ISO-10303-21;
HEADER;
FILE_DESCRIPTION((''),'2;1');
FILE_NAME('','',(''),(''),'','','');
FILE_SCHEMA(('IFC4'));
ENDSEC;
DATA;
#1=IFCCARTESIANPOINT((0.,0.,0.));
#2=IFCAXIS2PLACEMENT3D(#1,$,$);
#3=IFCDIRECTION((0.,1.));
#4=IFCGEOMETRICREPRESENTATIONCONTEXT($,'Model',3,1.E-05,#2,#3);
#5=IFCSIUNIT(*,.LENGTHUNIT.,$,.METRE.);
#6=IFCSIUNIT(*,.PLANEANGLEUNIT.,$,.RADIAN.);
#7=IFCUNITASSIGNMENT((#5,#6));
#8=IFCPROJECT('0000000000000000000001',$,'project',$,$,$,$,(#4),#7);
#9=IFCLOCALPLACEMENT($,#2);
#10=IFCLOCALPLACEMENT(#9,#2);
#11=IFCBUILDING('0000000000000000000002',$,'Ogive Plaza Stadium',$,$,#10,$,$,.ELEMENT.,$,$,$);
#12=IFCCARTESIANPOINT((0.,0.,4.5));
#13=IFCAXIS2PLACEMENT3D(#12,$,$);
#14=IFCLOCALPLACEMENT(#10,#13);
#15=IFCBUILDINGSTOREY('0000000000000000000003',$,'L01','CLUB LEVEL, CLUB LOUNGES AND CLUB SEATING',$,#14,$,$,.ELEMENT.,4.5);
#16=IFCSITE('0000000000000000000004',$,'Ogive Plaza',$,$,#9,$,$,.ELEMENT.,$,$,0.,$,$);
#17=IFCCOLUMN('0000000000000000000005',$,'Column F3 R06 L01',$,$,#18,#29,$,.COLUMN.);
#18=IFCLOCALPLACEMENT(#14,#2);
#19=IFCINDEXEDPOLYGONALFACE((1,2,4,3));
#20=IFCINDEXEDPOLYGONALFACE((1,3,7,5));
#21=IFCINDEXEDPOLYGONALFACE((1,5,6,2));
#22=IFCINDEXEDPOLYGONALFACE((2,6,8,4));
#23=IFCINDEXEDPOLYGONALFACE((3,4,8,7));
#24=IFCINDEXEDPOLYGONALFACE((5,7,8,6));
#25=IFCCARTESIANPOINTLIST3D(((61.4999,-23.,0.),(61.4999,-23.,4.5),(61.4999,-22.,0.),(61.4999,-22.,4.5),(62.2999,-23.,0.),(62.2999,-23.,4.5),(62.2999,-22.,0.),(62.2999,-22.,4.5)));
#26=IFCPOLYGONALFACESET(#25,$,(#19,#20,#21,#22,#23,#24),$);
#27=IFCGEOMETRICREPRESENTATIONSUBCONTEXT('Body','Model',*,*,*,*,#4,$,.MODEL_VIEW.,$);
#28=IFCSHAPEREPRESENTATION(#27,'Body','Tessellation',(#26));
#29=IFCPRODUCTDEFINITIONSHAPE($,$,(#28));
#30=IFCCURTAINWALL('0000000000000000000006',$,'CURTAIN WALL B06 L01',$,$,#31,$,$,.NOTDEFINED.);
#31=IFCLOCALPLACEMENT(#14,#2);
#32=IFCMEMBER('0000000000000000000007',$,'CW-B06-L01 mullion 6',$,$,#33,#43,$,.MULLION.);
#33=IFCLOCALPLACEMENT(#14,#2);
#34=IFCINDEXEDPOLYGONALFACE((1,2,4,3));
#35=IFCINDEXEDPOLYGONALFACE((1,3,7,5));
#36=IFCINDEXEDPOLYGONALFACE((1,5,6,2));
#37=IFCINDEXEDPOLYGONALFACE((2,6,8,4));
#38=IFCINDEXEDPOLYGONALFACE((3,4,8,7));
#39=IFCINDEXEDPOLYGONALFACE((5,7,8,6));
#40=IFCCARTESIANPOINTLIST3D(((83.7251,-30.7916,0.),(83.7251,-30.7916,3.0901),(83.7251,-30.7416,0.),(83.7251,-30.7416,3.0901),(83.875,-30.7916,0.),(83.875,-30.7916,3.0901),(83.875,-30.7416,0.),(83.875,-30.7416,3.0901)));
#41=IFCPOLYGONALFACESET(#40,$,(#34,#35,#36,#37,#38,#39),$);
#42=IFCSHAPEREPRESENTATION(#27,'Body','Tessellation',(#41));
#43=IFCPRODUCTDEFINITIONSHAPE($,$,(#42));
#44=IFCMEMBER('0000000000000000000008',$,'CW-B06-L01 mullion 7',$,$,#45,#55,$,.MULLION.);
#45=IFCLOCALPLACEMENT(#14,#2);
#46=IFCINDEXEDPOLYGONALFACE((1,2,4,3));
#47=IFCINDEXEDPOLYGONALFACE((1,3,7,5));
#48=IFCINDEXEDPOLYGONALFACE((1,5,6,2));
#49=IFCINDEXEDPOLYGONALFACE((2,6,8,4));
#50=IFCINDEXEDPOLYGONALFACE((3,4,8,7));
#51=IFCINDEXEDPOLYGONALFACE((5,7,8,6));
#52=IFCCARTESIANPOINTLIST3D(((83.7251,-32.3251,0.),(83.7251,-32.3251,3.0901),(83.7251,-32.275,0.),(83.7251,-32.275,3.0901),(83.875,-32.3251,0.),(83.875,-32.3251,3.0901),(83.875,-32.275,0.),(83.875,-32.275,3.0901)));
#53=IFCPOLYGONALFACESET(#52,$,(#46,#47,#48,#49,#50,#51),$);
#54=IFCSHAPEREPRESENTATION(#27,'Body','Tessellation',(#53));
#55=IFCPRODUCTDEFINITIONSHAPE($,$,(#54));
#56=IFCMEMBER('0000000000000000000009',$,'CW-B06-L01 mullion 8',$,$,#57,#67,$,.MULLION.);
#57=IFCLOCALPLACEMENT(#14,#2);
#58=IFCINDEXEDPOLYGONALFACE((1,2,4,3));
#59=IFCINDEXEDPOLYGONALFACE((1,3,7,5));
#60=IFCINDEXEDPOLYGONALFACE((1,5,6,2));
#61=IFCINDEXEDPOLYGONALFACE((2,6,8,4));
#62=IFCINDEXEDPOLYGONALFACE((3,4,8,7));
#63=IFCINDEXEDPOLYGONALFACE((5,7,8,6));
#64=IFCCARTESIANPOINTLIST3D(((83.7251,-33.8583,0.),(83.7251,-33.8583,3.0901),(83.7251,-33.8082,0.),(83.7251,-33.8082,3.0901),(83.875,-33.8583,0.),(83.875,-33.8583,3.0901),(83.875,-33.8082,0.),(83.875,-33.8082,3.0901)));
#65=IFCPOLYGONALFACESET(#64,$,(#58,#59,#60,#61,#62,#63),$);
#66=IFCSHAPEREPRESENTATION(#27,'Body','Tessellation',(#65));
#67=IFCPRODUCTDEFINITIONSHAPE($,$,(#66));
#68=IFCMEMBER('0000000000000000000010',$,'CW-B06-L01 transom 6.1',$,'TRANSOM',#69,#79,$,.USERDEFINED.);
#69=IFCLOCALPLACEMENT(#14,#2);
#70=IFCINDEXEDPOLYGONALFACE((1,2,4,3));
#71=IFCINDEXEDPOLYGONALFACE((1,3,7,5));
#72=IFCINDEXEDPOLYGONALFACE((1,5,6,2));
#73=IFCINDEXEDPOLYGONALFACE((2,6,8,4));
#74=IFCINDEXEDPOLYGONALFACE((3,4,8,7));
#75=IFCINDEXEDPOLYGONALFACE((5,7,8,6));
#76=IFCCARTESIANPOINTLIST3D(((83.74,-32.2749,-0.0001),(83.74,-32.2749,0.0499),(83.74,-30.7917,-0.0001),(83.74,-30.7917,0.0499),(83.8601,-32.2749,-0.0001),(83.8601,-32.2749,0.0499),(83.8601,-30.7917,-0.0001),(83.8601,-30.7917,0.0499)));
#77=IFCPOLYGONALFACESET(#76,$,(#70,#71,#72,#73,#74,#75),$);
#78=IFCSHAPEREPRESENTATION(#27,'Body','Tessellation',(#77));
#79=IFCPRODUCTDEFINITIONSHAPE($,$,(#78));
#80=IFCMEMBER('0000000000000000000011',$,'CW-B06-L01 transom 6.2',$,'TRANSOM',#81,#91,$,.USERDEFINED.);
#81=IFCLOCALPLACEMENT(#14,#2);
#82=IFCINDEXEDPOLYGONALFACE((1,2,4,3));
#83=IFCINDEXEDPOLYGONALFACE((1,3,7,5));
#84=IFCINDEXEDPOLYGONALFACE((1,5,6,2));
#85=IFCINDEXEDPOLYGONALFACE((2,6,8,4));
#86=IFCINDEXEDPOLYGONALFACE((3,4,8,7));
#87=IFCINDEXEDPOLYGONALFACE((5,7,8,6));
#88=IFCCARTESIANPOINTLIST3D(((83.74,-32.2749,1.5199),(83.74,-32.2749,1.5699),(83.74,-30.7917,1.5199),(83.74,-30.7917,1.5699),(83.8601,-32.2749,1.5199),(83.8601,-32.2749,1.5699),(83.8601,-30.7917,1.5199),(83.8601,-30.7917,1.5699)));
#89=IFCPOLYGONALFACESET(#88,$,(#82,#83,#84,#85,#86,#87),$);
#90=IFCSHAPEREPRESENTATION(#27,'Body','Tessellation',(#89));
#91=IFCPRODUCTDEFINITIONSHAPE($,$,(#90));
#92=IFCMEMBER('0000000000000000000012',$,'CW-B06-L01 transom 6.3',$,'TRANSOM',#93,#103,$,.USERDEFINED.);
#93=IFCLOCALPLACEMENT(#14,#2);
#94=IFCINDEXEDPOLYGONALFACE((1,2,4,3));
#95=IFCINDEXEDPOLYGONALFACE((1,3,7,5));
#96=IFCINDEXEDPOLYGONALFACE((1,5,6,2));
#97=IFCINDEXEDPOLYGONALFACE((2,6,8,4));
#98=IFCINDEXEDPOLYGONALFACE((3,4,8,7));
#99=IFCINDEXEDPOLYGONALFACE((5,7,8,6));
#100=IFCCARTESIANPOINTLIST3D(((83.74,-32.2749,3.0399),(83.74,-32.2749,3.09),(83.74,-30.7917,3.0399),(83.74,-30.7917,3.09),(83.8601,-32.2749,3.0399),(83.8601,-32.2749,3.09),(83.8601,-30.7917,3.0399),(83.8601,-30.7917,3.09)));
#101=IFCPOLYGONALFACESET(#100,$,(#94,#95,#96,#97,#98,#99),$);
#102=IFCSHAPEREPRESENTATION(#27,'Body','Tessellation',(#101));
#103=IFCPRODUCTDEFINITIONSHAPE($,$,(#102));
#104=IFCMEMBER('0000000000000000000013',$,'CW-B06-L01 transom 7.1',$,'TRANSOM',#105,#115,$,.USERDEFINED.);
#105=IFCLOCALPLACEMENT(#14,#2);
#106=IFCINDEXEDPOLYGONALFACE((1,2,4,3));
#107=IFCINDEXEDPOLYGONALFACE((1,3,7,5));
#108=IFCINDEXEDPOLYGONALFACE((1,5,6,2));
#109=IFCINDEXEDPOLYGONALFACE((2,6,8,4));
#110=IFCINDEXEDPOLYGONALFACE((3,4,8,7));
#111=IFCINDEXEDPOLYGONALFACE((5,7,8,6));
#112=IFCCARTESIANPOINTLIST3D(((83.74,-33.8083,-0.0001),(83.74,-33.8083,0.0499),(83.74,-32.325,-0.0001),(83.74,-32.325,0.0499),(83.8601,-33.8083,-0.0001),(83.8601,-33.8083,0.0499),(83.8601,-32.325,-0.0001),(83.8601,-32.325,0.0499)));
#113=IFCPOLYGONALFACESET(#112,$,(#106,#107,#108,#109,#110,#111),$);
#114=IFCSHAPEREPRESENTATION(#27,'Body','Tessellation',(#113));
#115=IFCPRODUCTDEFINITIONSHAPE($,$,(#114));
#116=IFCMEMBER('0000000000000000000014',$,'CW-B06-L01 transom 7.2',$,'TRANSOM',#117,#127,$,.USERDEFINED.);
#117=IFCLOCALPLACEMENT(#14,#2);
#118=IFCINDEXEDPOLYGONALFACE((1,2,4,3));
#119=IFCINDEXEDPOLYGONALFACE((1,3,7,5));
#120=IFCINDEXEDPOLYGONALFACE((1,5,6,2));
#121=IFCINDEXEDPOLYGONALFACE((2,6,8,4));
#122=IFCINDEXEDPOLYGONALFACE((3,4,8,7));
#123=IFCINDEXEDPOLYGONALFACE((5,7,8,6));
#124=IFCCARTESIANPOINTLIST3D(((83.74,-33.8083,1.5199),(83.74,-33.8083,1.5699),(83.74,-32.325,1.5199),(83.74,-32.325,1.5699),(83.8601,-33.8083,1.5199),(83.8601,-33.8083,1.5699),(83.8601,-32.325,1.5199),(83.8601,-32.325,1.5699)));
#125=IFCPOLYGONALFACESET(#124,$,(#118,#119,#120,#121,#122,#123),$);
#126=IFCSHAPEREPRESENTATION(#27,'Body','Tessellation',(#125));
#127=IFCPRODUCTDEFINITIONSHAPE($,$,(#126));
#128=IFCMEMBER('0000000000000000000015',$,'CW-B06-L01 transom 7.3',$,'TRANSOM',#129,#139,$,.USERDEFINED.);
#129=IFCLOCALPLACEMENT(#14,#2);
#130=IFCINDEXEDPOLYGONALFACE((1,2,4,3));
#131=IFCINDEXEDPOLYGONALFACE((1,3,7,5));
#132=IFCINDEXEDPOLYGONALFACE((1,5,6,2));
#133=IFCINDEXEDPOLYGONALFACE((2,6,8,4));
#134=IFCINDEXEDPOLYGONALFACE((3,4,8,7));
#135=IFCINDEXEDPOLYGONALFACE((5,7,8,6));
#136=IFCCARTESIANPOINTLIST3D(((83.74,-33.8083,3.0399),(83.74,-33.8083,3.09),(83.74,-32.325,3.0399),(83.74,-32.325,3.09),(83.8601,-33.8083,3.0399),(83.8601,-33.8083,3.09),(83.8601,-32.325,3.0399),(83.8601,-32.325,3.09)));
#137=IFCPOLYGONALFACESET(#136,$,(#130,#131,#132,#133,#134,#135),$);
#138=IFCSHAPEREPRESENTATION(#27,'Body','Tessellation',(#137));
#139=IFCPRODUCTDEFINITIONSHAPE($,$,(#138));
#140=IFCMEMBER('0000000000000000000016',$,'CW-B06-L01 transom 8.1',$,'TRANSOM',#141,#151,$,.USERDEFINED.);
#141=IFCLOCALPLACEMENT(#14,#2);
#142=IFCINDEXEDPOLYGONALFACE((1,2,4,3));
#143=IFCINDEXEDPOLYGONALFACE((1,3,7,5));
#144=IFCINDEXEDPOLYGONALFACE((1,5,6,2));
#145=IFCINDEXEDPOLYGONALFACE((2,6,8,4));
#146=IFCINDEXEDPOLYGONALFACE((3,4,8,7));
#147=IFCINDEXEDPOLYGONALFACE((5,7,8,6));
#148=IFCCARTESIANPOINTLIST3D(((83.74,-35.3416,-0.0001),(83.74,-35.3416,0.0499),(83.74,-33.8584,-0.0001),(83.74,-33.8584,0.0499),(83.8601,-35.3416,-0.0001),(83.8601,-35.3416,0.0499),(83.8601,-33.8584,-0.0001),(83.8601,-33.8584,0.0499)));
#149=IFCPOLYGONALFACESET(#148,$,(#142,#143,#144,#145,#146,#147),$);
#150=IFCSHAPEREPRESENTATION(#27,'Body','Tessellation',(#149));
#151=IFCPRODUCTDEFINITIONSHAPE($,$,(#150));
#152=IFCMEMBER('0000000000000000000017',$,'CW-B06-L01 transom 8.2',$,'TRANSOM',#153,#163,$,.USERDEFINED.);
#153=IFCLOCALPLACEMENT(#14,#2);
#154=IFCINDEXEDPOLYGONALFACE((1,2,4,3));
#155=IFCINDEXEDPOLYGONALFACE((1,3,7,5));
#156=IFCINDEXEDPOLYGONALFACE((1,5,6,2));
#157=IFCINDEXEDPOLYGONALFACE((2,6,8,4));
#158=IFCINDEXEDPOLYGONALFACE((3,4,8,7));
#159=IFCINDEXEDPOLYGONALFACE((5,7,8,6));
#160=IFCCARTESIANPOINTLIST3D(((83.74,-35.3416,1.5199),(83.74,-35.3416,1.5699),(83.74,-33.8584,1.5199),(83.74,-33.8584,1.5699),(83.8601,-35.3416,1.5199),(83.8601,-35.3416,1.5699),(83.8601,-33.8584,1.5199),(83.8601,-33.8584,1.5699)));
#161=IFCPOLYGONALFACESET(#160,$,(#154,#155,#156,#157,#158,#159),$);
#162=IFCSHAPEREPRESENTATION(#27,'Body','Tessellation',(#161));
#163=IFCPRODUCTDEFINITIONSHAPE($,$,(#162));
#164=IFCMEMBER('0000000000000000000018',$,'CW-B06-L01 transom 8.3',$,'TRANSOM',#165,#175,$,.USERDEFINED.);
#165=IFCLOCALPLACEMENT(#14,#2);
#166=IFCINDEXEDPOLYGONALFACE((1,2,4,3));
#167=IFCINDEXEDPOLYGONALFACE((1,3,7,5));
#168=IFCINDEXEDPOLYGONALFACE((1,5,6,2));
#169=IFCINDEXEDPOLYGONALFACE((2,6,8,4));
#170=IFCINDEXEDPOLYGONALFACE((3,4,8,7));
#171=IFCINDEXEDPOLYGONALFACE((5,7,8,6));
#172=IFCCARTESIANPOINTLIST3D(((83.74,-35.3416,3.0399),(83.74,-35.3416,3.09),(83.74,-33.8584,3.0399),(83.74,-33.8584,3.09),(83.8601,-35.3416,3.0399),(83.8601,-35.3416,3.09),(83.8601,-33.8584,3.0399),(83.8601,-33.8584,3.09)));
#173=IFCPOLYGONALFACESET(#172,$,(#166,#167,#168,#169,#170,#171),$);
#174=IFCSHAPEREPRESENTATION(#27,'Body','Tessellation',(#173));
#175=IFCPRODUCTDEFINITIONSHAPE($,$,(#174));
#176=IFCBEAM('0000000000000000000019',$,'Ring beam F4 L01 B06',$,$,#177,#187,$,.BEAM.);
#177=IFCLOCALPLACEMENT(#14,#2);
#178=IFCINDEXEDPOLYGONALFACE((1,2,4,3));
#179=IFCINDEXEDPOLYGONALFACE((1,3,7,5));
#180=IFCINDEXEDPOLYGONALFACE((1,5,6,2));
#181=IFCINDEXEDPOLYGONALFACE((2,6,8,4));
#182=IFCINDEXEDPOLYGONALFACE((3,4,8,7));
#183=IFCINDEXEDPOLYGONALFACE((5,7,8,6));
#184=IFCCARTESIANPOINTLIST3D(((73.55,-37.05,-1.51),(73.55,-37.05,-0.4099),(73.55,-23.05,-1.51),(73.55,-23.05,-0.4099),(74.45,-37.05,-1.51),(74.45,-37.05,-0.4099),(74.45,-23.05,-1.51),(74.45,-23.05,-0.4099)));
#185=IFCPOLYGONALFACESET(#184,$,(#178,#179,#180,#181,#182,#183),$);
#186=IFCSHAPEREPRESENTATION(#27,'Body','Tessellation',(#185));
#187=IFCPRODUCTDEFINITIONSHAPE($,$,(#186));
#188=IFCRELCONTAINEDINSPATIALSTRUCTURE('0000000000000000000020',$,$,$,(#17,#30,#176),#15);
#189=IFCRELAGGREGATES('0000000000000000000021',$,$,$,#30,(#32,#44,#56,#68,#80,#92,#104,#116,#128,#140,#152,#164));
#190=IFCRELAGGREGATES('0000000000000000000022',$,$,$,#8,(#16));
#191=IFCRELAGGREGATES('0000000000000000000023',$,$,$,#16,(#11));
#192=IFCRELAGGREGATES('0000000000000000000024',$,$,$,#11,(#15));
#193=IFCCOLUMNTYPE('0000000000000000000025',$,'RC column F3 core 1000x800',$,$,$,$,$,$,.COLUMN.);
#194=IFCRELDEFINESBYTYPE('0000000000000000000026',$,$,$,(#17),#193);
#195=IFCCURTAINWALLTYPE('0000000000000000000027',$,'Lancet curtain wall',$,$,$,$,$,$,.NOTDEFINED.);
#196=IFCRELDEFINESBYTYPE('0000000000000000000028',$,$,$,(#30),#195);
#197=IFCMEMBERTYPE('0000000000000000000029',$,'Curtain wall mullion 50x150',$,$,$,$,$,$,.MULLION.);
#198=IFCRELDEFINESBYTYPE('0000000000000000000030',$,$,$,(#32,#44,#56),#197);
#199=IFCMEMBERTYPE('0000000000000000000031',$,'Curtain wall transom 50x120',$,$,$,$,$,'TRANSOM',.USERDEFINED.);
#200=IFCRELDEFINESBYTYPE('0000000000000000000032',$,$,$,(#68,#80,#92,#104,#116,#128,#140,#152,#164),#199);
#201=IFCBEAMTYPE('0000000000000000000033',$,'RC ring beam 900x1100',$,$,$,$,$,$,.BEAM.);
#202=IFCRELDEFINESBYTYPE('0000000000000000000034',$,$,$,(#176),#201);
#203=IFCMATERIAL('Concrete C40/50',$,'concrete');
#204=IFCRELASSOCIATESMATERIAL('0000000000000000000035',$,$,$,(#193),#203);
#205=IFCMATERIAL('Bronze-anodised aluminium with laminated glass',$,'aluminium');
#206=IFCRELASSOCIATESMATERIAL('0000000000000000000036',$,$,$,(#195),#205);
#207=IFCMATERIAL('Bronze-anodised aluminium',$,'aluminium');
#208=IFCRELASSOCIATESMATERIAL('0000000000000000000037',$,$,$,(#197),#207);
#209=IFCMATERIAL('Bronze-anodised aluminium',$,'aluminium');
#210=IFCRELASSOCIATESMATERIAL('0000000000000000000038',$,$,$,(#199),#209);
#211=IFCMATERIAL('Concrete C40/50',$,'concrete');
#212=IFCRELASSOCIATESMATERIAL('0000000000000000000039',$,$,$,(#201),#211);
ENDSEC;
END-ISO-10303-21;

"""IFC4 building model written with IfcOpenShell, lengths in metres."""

from ifc_helpers import new_model, si_unit, direction, frame, origin, origin_2d, place, context, subcontext, project, spatial, rectangle, extrude, material, material_profile, profile_set, type_object, element, aggregate, save


model = new_model("IFC4")

# Units and contexts
model_context = context("Model", 3, precision=1e-05, world=origin(), true_north=direction((0.0, 1.0)))
body_context = subcontext(model_context, "Body", "Model", "MODEL_VIEW")
ifc_project = project(units=[si_unit("LENGTHUNIT", "METRE"), si_unit("PLANEANGLEUNIT", "RADIAN")], contexts=[model_context])

# Site, building, storey
site_placement = place(None, origin())
site = spatial("IfcSite", under=ifc_project, at=site_placement, Name="Ogive Plaza", CompositionType="ELEMENT", RefElevation=0.0)
building_placement = place(site_placement, origin())
building = spatial("IfcBuilding", under=site, at=building_placement, Name="Ogive Plaza Stadium", CompositionType="ELEMENT")
storey_placement = place(building_placement, frame((0.0, 0.0, 4.5)))
storey = spatial("IfcBuildingStorey", under=building, at=storey_placement, Name="L01", Description="CLUB LEVEL, CLUB LOUNGES AND CLUB SEATING", CompositionType="ELEMENT", Elevation=4.5)

# Column
ifc_material_1 = material(Name="Concrete C40/50", Category="concrete")
ifc_material_profile_1 = material_profile(ifc_material_1, rectangle(XDim=1.0, YDim=0.8, at=origin_2d()), Name="RC 1000x800")
ifc_profile_set_1 = profile_set([ifc_material_profile_1], Name="Concrete C40/50")
column_type = type_object("IfcColumnType", Name="RC column F3 core 1000x800", PredefinedType="COLUMN", material=ifc_profile_set_1)
column_placement = place(storey_placement, frame((61.8999, -22.5, 0.0), z_axis=(0.0, 0.0, 1.0), x_axis=(0.0, 1.0, 0.0)))
element("IfcColumn", 1, at=column_placement, inside=storey, type_object=column_type, Name="Column F3 R06 L01", PredefinedType="COLUMN", context=body_context, shape_type="SweptSolid", body=[
    extrude(rectangle(XDim=1.0, YDim=0.8, at=origin_2d()), origin(), (0.0, 0.0, 1.0), 4.5),
])

# Curtain wall, members
ifc_material_2 = material(Name="Bronze-anodised aluminium with laminated glass", Category="aluminium")
curtain_wall_type = type_object("IfcCurtainWallType", Name="Lancet curtain wall", PredefinedType="NOTDEFINED", material=ifc_material_2)
curtain_wall_placement = place(storey_placement, origin())
curtain_wall = element("IfcCurtainWall", 2, at=curtain_wall_placement, inside=storey, type_object=curtain_wall_type, Name="CURTAIN WALL B06 L01", PredefinedType="NOTDEFINED")
ifc_material_3 = material(Name="Bronze-anodised aluminium", Category="aluminium")
ifc_material_profile_2 = material_profile(ifc_material_3, rectangle(XDim=0.1499, YDim=0.05, at=origin_2d()), Name="AL 150x50")
ifc_profile_set_2 = profile_set([ifc_material_profile_2], Name="Bronze-anodised aluminium")
member_type_1 = type_object("IfcMemberType", Name="Curtain wall mullion 50x150", PredefinedType="MULLION", material=ifc_profile_set_2)
member_1_placement = place(storey_placement, frame((83.8, -30.7666, 0.0), z_axis=(0.0, 0.0, 1.0), x_axis=(1.0, 0.0, 0.0)))
member_1 = element("IfcMember", 3, at=member_1_placement, type_object=member_type_1, Name="CW-B06-L01 mullion 6", PredefinedType="MULLION", context=body_context, shape_type="SweptSolid", body=[
    extrude(rectangle(XDim=0.1499, YDim=0.05, at=origin_2d()), origin(), (0.0, 0.0, 1.0), 3.0901),
])
member_2_placement = place(storey_placement, frame((83.8, -32.3, 0.0), z_axis=(0.0, 0.0, 1.0), x_axis=(1.0, 0.0, 0.0)))
member_2 = element("IfcMember", 4, at=member_2_placement, type_object=member_type_1, Name="CW-B06-L01 mullion 7", PredefinedType="MULLION", context=body_context, shape_type="SweptSolid", body=[
    extrude(rectangle(XDim=0.1499, YDim=0.05, at=origin_2d()), origin(), (0.0, 0.0, 1.0), 3.0901),
])
member_3_placement = place(storey_placement, frame((83.8, -33.8333, 0.0), z_axis=(0.0, 0.0, 1.0), x_axis=(1.0, 0.0, 0.0)))
member_3 = element("IfcMember", 5, at=member_3_placement, type_object=member_type_1, Name="CW-B06-L01 mullion 8", PredefinedType="MULLION", context=body_context, shape_type="SweptSolid", body=[
    extrude(rectangle(XDim=0.1499, YDim=0.05, at=origin_2d()), origin(), (0.0, 0.0, 1.0), 3.0901),
])
ifc_material_4 = material(Name="Bronze-anodised aluminium", Category="aluminium")
ifc_material_profile_3 = material_profile(ifc_material_4, rectangle(XDim=0.1201, YDim=0.05, at=origin_2d()), Name="AL 120x50")
ifc_profile_set_3 = profile_set([ifc_material_profile_3], Name="Bronze-anodised aluminium")
member_type_2 = type_object("IfcMemberType", Name="Curtain wall transom 50x120", ElementType="TRANSOM", PredefinedType="USERDEFINED", material=ifc_profile_set_3)
member_4_placement = place(storey_placement, frame((83.8, -30.7917, 0.0249), z_axis=(0.0, -1.0, 0.0), x_axis=(1.0, 0.0, 0.0)))
member_4 = element("IfcMember", 6, at=member_4_placement, type_object=member_type_2, Name="CW-B06-L01 transom 6.1", ObjectType="TRANSOM", PredefinedType="USERDEFINED", context=body_context, shape_type="SweptSolid", body=[
    extrude(rectangle(XDim=0.1201, YDim=0.05, at=origin_2d()), origin(), (0.0, 0.0, 1.0), 1.4832),
])
member_5_placement = place(storey_placement, frame((83.8, -30.7917, 1.5449), z_axis=(0.0, -1.0, 0.0), x_axis=(1.0, 0.0, 0.0)))
member_5 = element("IfcMember", 7, at=member_5_placement, type_object=member_type_2, Name="CW-B06-L01 transom 6.2", ObjectType="TRANSOM", PredefinedType="USERDEFINED", context=body_context, shape_type="SweptSolid", body=[
    extrude(rectangle(XDim=0.1201, YDim=0.05, at=origin_2d()), origin(), (0.0, 0.0, 1.0), 1.4832),
])
member_6_placement = place(storey_placement, frame((83.8, -30.7917, 3.0649), z_axis=(0.0, -1.0, 0.0), x_axis=(1.0, 0.0, 0.0)))
member_6 = element("IfcMember", 8, at=member_6_placement, type_object=member_type_2, Name="CW-B06-L01 transom 6.3", ObjectType="TRANSOM", PredefinedType="USERDEFINED", context=body_context, shape_type="SweptSolid", body=[
    extrude(rectangle(XDim=0.1201, YDim=0.05, at=origin_2d()), origin(), (0.0, 0.0, 1.0), 1.4832),
])
member_7_placement = place(storey_placement, frame((83.8, -32.325, 0.0249), z_axis=(0.0, -1.0, 0.0), x_axis=(1.0, 0.0, 0.0)))
member_7 = element("IfcMember", 9, at=member_7_placement, type_object=member_type_2, Name="CW-B06-L01 transom 7.1", ObjectType="TRANSOM", PredefinedType="USERDEFINED", context=body_context, shape_type="SweptSolid", body=[
    extrude(rectangle(XDim=0.1201, YDim=0.05, at=origin_2d()), origin(), (0.0, 0.0, 1.0), 1.4834),
])
member_8_placement = place(storey_placement, frame((83.8, -32.325, 1.5449), z_axis=(0.0, -1.0, 0.0), x_axis=(1.0, 0.0, 0.0)))
member_8 = element("IfcMember", 10, at=member_8_placement, type_object=member_type_2, Name="CW-B06-L01 transom 7.2", ObjectType="TRANSOM", PredefinedType="USERDEFINED", context=body_context, shape_type="SweptSolid", body=[
    extrude(rectangle(XDim=0.1201, YDim=0.05, at=origin_2d()), origin(), (0.0, 0.0, 1.0), 1.4834),
])
member_9_placement = place(storey_placement, frame((83.8, -32.325, 3.0649), z_axis=(0.0, -1.0, 0.0), x_axis=(1.0, 0.0, 0.0)))
member_9 = element("IfcMember", 11, at=member_9_placement, type_object=member_type_2, Name="CW-B06-L01 transom 7.3", ObjectType="TRANSOM", PredefinedType="USERDEFINED", context=body_context, shape_type="SweptSolid", body=[
    extrude(rectangle(XDim=0.1201, YDim=0.05, at=origin_2d()), origin(), (0.0, 0.0, 1.0), 1.4834),
])
member_10_placement = place(storey_placement, frame((83.8, -33.8584, 0.0249), z_axis=(0.0, -1.0, 0.0), x_axis=(1.0, 0.0, 0.0)))
member_10 = element("IfcMember", 12, at=member_10_placement, type_object=member_type_2, Name="CW-B06-L01 transom 8.1", ObjectType="TRANSOM", PredefinedType="USERDEFINED", context=body_context, shape_type="SweptSolid", body=[
    extrude(rectangle(XDim=0.1201, YDim=0.05, at=origin_2d()), origin(), (0.0, 0.0, 1.0), 1.4832),
])
member_11_placement = place(storey_placement, frame((83.8, -33.8584, 1.5449), z_axis=(0.0, -1.0, 0.0), x_axis=(1.0, 0.0, 0.0)))
member_11 = element("IfcMember", 13, at=member_11_placement, type_object=member_type_2, Name="CW-B06-L01 transom 8.2", ObjectType="TRANSOM", PredefinedType="USERDEFINED", context=body_context, shape_type="SweptSolid", body=[
    extrude(rectangle(XDim=0.1201, YDim=0.05, at=origin_2d()), origin(), (0.0, 0.0, 1.0), 1.4832),
])
member_12_placement = place(storey_placement, frame((83.8, -33.8584, 3.0649), z_axis=(0.0, -1.0, 0.0), x_axis=(1.0, 0.0, 0.0)))
member_12 = element("IfcMember", 14, at=member_12_placement, type_object=member_type_2, Name="CW-B06-L01 transom 8.3", ObjectType="TRANSOM", PredefinedType="USERDEFINED", context=body_context, shape_type="SweptSolid", body=[
    extrude(rectangle(XDim=0.1201, YDim=0.05, at=origin_2d()), origin(), (0.0, 0.0, 1.0), 1.4832),
])

# Beam
ifc_material_5 = material(Name="Concrete C40/50", Category="concrete")
ifc_material_profile_4 = material_profile(ifc_material_5, rectangle(XDim=0.8999, YDim=1.1001, at=origin_2d()), Name="RC 900x1100")
ifc_profile_set_4 = profile_set([ifc_material_profile_4], Name="Concrete C40/50")
beam_type = type_object("IfcBeamType", Name="RC ring beam 900x1100", PredefinedType="BEAM", material=ifc_profile_set_4)
beam_1_placement = place(storey_placement, frame((74.0, -23.05, -0.96), z_axis=(0.0, -1.0, 0.0), x_axis=(1.0, 0.0, 0.0)))
element("IfcBeam", 15, at=beam_1_placement, inside=storey, type_object=beam_type, Name="Ring beam F4 L01 B06", PredefinedType="BEAM", context=body_context, shape_type="SweptSolid", body=[
    extrude(rectangle(XDim=0.8999, YDim=1.1001, at=origin_2d()), origin(), (0.0, 0.0, 1.0), 14.0),
])

aggregate(curtain_wall, [member_1, member_2, member_3, member_4, member_5, member_6, member_7, member_8, member_9, member_10, member_11, member_12])

save(model, "model.ifc")
